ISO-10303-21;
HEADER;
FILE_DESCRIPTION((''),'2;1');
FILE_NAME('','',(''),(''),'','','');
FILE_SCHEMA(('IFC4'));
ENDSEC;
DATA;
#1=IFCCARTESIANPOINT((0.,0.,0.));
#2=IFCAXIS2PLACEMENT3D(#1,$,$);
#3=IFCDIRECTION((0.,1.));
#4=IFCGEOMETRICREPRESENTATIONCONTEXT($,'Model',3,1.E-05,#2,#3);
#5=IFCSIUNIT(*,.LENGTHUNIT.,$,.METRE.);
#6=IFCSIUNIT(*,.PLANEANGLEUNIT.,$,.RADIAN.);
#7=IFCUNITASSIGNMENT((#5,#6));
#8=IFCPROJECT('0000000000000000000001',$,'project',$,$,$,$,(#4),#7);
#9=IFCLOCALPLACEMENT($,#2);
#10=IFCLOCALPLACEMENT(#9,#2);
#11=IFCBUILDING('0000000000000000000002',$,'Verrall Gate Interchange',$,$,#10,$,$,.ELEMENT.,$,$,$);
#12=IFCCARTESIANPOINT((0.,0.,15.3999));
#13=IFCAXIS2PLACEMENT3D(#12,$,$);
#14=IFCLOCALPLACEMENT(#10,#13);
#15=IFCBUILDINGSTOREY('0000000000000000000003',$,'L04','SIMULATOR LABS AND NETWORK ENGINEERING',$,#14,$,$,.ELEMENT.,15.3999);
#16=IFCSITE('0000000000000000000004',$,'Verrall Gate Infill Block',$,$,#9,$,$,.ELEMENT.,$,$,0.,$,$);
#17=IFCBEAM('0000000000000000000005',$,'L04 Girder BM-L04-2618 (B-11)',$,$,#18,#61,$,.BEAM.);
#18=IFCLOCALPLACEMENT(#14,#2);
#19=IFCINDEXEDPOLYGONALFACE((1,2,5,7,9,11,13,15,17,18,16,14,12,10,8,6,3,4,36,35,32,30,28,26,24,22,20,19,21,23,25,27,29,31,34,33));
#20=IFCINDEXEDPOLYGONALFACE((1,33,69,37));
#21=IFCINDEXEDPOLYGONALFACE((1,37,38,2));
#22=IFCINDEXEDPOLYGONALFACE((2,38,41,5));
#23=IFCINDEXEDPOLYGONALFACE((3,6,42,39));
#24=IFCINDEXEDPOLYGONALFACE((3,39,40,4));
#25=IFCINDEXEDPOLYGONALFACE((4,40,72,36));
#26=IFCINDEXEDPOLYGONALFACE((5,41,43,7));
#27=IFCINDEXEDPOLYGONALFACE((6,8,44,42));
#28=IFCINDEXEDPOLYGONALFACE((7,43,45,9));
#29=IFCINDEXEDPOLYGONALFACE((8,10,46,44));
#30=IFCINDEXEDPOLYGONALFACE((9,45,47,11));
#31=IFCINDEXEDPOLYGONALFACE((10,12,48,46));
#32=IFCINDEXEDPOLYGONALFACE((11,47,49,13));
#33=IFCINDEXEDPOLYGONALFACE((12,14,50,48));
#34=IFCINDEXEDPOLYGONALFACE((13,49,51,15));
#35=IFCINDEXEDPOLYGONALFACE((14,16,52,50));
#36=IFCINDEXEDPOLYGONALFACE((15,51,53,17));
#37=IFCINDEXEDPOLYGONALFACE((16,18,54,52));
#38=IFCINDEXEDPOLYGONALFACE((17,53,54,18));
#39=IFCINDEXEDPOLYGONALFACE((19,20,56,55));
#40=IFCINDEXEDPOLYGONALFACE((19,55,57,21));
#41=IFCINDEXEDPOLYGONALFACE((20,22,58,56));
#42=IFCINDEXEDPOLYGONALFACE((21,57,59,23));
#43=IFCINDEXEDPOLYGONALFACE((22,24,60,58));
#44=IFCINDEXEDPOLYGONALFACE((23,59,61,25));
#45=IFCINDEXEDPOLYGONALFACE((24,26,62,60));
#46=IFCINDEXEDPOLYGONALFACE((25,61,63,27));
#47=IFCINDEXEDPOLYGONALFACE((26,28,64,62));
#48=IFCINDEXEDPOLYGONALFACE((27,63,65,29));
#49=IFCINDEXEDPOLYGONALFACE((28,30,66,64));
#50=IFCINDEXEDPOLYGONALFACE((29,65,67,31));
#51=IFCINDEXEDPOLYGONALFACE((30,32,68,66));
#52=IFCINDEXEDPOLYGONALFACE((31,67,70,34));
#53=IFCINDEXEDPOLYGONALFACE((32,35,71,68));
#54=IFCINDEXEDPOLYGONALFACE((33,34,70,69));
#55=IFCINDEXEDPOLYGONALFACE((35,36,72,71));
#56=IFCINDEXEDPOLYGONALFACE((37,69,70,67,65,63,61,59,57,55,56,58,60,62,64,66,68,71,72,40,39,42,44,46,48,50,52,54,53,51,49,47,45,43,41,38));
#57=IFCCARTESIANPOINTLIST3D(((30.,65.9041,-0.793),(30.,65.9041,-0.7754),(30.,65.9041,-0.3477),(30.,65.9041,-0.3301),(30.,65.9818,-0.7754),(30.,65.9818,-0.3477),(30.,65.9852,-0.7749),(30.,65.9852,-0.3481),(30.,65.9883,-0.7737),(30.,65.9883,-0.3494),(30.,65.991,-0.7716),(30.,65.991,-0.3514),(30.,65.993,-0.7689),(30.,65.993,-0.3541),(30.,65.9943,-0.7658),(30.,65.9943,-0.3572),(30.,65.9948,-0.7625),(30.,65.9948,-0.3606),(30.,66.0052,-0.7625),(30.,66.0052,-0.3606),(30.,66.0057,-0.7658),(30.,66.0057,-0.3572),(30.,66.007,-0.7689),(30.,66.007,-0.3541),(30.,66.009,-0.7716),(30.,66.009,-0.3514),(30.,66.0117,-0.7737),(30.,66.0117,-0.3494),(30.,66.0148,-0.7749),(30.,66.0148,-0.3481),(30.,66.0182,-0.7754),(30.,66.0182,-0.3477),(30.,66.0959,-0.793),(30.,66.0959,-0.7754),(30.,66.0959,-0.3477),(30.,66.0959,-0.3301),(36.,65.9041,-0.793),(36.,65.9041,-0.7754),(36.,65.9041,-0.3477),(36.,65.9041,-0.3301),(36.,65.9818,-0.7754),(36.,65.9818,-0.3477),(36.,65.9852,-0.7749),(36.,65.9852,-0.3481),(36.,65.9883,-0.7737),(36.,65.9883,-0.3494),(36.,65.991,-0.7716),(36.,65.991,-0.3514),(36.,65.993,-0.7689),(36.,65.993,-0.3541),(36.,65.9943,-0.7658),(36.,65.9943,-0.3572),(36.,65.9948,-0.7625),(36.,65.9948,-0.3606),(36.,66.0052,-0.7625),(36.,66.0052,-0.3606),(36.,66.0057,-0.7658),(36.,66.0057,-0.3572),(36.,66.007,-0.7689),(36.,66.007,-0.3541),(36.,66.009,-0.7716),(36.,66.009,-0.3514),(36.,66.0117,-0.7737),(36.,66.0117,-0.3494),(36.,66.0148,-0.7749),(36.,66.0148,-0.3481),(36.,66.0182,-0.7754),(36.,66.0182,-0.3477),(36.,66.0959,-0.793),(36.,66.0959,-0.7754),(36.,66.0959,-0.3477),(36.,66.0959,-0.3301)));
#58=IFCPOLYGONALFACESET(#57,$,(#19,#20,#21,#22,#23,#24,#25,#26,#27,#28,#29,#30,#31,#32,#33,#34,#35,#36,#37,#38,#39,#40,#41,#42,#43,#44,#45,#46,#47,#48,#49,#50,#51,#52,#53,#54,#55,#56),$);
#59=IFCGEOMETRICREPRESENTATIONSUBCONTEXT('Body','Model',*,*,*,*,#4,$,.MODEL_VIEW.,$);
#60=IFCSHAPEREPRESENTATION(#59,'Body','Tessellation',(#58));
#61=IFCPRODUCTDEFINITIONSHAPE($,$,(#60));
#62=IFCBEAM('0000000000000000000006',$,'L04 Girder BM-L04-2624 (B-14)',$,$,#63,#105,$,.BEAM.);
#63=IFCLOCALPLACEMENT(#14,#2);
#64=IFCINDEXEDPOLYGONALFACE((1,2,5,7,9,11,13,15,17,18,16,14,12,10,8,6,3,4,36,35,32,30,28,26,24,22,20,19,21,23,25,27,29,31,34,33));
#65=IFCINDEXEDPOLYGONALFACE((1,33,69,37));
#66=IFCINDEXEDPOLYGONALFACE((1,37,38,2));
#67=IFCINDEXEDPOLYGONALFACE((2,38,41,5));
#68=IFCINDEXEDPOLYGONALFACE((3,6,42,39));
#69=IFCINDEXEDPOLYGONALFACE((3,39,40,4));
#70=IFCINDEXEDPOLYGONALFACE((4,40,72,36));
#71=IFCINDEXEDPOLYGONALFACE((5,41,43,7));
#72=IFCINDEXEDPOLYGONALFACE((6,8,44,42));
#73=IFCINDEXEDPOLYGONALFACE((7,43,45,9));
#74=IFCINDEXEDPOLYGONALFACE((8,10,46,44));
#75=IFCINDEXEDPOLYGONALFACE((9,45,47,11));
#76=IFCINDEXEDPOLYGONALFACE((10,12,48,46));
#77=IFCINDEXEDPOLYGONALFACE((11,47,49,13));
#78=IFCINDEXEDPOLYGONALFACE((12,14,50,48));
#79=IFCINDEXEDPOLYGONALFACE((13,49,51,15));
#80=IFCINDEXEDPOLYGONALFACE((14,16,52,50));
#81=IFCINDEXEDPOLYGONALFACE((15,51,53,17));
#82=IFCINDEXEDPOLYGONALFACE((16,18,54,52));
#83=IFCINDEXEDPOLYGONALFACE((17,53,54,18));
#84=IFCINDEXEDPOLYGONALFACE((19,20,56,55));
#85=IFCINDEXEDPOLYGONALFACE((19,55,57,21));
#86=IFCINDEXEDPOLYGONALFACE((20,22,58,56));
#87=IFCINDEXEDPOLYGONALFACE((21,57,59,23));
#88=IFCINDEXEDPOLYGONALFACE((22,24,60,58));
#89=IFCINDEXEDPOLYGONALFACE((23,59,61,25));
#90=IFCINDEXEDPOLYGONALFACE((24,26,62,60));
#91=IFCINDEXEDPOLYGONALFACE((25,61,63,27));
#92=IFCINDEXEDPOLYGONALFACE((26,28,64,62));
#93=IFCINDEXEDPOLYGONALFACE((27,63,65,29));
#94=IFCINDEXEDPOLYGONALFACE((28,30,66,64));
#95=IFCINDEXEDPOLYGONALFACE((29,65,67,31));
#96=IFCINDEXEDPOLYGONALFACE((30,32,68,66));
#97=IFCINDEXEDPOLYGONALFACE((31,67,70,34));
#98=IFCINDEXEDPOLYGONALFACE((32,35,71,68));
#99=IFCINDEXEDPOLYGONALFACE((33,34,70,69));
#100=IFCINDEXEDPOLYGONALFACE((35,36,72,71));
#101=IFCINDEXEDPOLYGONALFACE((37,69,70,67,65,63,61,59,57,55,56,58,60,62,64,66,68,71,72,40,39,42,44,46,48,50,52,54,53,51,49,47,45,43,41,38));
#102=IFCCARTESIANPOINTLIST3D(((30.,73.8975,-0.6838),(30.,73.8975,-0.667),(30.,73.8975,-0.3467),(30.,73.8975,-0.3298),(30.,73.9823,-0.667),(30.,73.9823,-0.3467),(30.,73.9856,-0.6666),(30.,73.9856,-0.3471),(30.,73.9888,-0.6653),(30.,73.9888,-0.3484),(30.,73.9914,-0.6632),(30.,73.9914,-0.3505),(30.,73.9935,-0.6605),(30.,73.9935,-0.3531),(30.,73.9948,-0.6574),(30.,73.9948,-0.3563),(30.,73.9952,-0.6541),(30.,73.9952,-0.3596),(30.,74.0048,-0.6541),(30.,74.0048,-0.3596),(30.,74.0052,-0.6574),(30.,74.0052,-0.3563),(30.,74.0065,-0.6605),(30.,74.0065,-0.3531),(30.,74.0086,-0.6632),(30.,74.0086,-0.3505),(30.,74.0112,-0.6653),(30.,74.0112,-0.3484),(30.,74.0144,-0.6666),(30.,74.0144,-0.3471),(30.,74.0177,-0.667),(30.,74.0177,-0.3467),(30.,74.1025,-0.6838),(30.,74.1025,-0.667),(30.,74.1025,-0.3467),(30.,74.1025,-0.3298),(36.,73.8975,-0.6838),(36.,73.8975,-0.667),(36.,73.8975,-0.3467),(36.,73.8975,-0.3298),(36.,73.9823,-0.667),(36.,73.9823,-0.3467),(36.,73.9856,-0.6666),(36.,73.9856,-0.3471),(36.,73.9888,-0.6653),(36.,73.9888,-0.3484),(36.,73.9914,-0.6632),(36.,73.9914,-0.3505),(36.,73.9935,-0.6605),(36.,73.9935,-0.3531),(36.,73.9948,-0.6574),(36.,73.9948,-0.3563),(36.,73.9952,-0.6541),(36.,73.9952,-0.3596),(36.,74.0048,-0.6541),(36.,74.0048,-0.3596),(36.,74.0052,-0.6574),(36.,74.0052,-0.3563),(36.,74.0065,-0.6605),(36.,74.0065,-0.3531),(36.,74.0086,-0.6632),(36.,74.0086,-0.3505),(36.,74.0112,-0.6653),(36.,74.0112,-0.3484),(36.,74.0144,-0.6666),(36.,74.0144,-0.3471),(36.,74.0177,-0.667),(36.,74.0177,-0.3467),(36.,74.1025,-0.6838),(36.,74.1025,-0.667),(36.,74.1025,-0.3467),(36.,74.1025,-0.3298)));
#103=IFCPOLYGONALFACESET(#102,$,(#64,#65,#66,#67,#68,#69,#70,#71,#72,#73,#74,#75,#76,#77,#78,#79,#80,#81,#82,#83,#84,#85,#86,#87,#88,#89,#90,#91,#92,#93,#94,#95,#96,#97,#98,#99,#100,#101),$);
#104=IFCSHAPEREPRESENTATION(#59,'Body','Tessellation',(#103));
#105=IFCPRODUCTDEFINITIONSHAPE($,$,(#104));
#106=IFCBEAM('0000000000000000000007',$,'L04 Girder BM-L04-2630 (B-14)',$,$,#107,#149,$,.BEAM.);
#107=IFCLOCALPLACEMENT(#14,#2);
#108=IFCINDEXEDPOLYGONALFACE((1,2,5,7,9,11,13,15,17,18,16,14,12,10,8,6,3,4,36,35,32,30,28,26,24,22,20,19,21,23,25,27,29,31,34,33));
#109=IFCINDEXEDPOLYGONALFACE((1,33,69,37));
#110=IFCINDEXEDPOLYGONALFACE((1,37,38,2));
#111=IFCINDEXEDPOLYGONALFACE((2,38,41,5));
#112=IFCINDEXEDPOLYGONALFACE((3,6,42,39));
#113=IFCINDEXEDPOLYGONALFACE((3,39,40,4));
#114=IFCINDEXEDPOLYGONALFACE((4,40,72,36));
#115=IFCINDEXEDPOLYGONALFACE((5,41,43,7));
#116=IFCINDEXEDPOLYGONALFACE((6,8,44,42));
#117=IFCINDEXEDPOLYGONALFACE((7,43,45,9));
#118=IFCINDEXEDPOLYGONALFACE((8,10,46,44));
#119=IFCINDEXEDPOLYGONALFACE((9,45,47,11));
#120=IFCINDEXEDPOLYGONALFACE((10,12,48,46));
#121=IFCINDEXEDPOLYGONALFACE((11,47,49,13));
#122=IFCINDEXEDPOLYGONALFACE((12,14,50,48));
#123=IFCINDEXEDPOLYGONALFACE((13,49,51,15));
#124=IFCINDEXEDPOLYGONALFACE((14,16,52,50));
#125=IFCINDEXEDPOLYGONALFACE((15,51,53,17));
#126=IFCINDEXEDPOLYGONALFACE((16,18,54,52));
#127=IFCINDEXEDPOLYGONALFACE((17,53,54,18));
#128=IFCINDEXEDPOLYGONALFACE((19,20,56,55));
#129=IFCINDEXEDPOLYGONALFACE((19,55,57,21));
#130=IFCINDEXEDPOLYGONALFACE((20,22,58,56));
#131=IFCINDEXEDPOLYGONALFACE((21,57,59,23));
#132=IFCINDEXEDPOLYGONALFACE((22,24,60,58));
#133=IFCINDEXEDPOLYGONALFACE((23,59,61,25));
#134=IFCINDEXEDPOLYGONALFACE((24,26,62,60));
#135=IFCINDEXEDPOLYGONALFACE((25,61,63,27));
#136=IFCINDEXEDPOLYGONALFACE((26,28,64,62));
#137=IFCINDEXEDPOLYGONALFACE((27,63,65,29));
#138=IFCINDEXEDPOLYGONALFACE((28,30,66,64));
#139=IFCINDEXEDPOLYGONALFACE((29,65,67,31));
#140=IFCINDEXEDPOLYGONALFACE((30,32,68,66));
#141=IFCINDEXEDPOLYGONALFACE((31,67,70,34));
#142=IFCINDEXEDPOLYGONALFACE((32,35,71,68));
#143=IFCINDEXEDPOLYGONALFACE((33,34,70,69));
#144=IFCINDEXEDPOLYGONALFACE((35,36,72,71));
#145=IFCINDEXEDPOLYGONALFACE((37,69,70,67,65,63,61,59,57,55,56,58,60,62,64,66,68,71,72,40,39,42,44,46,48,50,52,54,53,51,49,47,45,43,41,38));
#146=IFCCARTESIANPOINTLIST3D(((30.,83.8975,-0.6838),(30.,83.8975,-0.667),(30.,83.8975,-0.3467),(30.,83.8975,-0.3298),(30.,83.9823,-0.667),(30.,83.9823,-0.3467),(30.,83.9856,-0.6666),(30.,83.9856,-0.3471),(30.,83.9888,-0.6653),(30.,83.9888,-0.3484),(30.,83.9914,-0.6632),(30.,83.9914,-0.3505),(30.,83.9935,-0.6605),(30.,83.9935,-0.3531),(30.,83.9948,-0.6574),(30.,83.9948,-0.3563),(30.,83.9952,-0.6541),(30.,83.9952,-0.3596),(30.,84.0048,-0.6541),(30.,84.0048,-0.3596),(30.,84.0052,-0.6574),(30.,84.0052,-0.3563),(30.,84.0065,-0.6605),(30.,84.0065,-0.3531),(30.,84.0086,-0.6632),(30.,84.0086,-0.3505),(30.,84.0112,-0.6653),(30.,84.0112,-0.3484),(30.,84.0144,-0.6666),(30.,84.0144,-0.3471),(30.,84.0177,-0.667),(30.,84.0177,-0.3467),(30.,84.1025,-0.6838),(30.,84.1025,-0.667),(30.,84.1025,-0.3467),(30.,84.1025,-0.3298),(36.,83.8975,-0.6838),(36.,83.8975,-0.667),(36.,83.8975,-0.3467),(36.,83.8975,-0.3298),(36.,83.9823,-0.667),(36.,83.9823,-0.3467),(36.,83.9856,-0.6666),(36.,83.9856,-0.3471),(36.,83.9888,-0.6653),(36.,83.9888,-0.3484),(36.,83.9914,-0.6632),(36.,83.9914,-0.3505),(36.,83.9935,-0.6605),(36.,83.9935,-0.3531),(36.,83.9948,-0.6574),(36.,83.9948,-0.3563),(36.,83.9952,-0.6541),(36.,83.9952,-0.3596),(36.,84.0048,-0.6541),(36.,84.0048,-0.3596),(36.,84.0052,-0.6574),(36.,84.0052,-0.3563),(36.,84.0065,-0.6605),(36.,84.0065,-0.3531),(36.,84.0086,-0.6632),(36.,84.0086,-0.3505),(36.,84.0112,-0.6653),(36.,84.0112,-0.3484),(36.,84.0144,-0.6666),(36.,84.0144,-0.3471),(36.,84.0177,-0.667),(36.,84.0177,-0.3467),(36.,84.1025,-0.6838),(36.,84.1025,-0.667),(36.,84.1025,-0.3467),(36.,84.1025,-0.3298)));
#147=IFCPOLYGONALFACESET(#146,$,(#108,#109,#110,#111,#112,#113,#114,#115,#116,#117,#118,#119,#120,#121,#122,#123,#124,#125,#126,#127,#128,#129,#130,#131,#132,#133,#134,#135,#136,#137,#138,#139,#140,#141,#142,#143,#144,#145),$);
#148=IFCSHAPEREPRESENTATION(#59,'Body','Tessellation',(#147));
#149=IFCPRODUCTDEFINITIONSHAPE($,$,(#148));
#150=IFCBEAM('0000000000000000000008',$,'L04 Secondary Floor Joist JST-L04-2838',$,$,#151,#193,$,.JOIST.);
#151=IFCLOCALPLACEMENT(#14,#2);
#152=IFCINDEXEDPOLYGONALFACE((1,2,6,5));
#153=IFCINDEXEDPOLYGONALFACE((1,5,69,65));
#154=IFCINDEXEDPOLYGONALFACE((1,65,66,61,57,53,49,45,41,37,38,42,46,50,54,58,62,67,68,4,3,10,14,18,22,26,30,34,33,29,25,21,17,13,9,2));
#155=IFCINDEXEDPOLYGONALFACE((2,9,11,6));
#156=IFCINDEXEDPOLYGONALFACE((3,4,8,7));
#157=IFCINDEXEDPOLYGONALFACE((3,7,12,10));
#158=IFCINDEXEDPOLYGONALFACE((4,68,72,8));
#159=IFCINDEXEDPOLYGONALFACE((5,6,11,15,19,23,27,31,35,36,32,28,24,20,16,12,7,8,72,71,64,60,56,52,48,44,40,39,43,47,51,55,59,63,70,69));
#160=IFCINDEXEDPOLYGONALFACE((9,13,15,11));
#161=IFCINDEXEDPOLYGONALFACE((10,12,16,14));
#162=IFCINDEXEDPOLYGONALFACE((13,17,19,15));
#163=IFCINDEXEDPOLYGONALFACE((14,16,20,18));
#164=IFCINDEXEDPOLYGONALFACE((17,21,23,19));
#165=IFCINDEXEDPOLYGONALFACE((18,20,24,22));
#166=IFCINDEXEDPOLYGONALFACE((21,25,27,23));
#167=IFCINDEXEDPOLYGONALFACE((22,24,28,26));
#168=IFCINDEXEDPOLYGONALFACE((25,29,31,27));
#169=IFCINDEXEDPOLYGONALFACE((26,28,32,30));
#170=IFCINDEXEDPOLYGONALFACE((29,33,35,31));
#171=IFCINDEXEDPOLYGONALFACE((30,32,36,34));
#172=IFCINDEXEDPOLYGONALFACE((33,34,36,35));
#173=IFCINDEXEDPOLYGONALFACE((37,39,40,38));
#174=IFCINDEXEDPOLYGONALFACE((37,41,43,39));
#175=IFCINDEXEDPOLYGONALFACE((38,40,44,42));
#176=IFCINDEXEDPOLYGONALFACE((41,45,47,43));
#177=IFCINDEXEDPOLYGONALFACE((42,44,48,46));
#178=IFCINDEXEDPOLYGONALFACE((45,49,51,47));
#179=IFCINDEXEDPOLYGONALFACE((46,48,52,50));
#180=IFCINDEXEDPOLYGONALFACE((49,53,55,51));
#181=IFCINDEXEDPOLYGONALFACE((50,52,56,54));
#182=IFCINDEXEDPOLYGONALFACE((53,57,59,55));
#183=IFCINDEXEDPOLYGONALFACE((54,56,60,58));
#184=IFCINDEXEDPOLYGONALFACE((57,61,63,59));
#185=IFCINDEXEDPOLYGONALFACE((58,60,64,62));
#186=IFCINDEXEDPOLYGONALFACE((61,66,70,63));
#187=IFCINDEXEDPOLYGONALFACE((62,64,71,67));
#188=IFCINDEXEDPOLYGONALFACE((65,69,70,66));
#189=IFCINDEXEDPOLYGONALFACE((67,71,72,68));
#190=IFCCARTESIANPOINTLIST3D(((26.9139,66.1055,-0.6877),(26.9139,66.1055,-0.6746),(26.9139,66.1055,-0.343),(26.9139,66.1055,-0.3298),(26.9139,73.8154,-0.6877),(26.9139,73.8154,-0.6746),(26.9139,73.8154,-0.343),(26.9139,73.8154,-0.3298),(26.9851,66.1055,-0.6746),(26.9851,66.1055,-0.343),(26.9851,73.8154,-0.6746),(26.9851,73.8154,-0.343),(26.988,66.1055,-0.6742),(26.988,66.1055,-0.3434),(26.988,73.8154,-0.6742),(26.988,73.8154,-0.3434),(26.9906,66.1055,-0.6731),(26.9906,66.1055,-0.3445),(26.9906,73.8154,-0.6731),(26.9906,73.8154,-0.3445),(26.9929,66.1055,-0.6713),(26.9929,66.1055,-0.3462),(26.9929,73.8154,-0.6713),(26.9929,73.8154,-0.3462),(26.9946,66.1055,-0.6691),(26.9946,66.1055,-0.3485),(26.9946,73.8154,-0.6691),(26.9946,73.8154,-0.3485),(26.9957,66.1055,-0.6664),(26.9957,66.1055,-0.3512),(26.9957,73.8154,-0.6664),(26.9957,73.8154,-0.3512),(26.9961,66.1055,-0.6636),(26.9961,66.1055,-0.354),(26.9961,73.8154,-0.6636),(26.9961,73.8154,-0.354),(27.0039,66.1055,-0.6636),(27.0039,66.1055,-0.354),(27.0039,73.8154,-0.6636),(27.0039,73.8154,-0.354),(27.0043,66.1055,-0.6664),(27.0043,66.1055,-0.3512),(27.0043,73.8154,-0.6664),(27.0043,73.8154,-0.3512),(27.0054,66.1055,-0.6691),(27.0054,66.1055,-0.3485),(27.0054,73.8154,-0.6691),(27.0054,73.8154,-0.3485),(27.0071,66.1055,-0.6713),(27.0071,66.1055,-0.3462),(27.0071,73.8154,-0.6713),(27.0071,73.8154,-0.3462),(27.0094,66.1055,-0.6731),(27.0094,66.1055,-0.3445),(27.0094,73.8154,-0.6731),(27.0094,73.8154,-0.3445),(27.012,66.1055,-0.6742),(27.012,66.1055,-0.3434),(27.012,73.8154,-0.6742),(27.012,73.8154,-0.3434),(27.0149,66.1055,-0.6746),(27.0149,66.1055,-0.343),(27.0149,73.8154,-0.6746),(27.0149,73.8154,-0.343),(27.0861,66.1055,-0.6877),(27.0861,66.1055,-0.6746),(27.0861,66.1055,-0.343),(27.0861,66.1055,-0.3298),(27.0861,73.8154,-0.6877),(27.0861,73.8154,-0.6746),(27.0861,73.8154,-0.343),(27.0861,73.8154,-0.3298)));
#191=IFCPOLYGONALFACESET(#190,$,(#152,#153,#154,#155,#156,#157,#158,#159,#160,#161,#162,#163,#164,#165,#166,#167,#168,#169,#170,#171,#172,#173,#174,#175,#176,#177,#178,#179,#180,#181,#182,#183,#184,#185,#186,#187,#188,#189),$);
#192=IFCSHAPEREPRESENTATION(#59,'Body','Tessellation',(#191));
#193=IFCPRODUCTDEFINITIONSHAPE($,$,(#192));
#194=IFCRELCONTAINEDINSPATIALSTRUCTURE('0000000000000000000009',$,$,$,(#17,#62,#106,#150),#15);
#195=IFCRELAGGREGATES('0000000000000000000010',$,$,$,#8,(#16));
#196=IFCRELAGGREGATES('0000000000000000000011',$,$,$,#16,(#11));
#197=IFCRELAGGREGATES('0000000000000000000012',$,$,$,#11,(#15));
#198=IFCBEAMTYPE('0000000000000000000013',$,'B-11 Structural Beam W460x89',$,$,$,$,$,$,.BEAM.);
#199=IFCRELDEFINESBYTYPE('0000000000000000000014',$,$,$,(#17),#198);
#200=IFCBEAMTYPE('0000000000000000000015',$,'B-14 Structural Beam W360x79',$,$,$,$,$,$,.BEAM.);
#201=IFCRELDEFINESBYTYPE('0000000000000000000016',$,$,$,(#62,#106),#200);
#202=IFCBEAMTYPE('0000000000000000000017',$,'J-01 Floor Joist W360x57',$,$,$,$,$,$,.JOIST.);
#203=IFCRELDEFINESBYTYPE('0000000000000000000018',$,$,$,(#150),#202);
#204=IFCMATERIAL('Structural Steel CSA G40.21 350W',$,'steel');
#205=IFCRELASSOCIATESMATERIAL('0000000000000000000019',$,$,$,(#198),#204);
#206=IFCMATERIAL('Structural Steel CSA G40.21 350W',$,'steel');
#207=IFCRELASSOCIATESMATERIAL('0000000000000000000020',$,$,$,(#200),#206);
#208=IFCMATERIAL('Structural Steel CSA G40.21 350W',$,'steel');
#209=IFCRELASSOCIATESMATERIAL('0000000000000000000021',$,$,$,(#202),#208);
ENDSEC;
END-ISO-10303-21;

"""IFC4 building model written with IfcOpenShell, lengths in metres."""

from ifc_helpers import new_model, si_unit, direction, frame, origin, origin_2d, place, context, subcontext, project, spatial, i_section, extrude, material, material_profile, profile_set, type_object, element, save


model = new_model("IFC4")

# Units and contexts
model_context = context("Model", 3, precision=1e-05, world=origin(), true_north=direction((0.0, 1.0)))
body_context = subcontext(model_context, "Body", "Model", "MODEL_VIEW")
ifc_project = project(units=[si_unit("LENGTHUNIT", "METRE"), si_unit("PLANEANGLEUNIT", "RADIAN")], contexts=[model_context])

# Site, building, storey
site_placement = place(None, origin())
site = spatial("IfcSite", under=ifc_project, at=site_placement, Name="Verrall Gate Infill Block", CompositionType="ELEMENT", RefElevation=0.0)
building_placement = place(site_placement, origin())
building = spatial("IfcBuilding", under=site, at=building_placement, Name="Verrall Gate Interchange", CompositionType="ELEMENT")
storey_placement = place(building_placement, frame((0.0, 0.0, 15.3999)))
storey = spatial("IfcBuildingStorey", under=building, at=storey_placement, Name="L04", Description="SIMULATOR LABS AND NETWORK ENGINEERING", CompositionType="ELEMENT", Elevation=15.3999)

# Beams
ifc_material_1 = material(Name="Structural Steel CSA G40.21 350W", Category="steel")
ifc_material_profile_1 = material_profile(ifc_material_1, i_section(OverallWidth=0.1919, OverallDepth=0.4629, WebThickness=0.0105, FlangeThickness=0.0176, FilletRadius=0.0129, at=origin_2d()), Name="W460x89")
ifc_profile_set_1 = profile_set([ifc_material_profile_1], Name="Structural Steel CSA G40.21 350W")
beam_type_1 = type_object("IfcBeamType", Name="B-11 Structural Beam W460x89", PredefinedType="BEAM", material=ifc_profile_set_1)
beam_1_placement = place(storey_placement, frame((30.0, 66.0, -0.5615), z_axis=(1.0, 0.0, 0.0), x_axis=(0.0, 1.0, 0.0)))
element("IfcBeam", 1, at=beam_1_placement, inside=storey, type_object=beam_type_1, Name="L04 Girder BM-L04-2618 (B-11)", PredefinedType="BEAM", context=body_context, shape_type="SweptSolid", body=[
    extrude(i_section(OverallWidth=0.1919, OverallDepth=0.4629, WebThickness=0.0105, FlangeThickness=0.0176, FilletRadius=0.0129, at=origin_2d()), origin(), (0.0, 0.0, 1.0), 6.0),
])
ifc_material_2 = material(Name="Structural Steel CSA G40.21 350W", Category="steel")
ifc_material_profile_2 = material_profile(ifc_material_2, i_section(OverallWidth=0.2051, OverallDepth=0.354, WebThickness=0.0095, FlangeThickness=0.0168, FilletRadius=0.0129, at=origin_2d()), Name="W360x79")
ifc_profile_set_2 = profile_set([ifc_material_profile_2], Name="Structural Steel CSA G40.21 350W")
beam_type_2 = type_object("IfcBeamType", Name="B-14 Structural Beam W360x79", PredefinedType="BEAM", material=ifc_profile_set_2)
for number, where, z_axis, x_axis, name in (
    (2, (30.0, 74.0, -0.5068), (1.0, 0.0, 0.0), (0.0, 1.0, 0.0), "L04 Girder BM-L04-2624 (B-14)"),
    (3, (30.0, 84.0, -0.5068), (1.0, 0.0, 0.0), (0.0, 1.0, 0.0), "L04 Girder BM-L04-2630 (B-14)"),
):
    element("IfcBeam", number, at=place(storey_placement, frame(where, z_axis=z_axis, x_axis=x_axis)), inside=storey, type_object=beam_type_2, Name=name, PredefinedType="BEAM", context=body_context, shape_type="SweptSolid", body=[
        extrude(i_section(OverallWidth=0.2051, OverallDepth=0.354, WebThickness=0.0095, FlangeThickness=0.0168, FilletRadius=0.0129, at=origin_2d()), origin(), (0.0, 0.0, 1.0), 6.0),
    ])
ifc_material_3 = material(Name="Structural Steel CSA G40.21 350W", Category="steel")
ifc_material_profile_3 = material_profile(ifc_material_3, i_section(OverallWidth=0.1721, OverallDepth=0.3579, WebThickness=0.0078, FlangeThickness=0.0132, FilletRadius=0.011, at=origin_2d()), Name="W360x57")
ifc_profile_set_3 = profile_set([ifc_material_profile_3], Name="Structural Steel CSA G40.21 350W")
beam_type_3 = type_object("IfcBeamType", Name="J-01 Floor Joist W360x57", PredefinedType="JOIST", material=ifc_profile_set_3)
beam_2_placement = place(storey_placement, frame((27.0, 66.1055, -0.5088), z_axis=(0.0, 1.0, 0.0), x_axis=(-1.0, 0.0, 0.0)))
element("IfcBeam", 4, at=beam_2_placement, inside=storey, type_object=beam_type_3, Name="L04 Secondary Floor Joist JST-L04-2838", PredefinedType="JOIST", context=body_context, shape_type="SweptSolid", body=[
    extrude(i_section(OverallWidth=0.1721, OverallDepth=0.3579, WebThickness=0.0078, FlangeThickness=0.0132, FilletRadius=0.011, at=origin_2d()), origin(), (0.0, 0.0, 1.0), 7.71),
])

save(model, "model.ifc")
